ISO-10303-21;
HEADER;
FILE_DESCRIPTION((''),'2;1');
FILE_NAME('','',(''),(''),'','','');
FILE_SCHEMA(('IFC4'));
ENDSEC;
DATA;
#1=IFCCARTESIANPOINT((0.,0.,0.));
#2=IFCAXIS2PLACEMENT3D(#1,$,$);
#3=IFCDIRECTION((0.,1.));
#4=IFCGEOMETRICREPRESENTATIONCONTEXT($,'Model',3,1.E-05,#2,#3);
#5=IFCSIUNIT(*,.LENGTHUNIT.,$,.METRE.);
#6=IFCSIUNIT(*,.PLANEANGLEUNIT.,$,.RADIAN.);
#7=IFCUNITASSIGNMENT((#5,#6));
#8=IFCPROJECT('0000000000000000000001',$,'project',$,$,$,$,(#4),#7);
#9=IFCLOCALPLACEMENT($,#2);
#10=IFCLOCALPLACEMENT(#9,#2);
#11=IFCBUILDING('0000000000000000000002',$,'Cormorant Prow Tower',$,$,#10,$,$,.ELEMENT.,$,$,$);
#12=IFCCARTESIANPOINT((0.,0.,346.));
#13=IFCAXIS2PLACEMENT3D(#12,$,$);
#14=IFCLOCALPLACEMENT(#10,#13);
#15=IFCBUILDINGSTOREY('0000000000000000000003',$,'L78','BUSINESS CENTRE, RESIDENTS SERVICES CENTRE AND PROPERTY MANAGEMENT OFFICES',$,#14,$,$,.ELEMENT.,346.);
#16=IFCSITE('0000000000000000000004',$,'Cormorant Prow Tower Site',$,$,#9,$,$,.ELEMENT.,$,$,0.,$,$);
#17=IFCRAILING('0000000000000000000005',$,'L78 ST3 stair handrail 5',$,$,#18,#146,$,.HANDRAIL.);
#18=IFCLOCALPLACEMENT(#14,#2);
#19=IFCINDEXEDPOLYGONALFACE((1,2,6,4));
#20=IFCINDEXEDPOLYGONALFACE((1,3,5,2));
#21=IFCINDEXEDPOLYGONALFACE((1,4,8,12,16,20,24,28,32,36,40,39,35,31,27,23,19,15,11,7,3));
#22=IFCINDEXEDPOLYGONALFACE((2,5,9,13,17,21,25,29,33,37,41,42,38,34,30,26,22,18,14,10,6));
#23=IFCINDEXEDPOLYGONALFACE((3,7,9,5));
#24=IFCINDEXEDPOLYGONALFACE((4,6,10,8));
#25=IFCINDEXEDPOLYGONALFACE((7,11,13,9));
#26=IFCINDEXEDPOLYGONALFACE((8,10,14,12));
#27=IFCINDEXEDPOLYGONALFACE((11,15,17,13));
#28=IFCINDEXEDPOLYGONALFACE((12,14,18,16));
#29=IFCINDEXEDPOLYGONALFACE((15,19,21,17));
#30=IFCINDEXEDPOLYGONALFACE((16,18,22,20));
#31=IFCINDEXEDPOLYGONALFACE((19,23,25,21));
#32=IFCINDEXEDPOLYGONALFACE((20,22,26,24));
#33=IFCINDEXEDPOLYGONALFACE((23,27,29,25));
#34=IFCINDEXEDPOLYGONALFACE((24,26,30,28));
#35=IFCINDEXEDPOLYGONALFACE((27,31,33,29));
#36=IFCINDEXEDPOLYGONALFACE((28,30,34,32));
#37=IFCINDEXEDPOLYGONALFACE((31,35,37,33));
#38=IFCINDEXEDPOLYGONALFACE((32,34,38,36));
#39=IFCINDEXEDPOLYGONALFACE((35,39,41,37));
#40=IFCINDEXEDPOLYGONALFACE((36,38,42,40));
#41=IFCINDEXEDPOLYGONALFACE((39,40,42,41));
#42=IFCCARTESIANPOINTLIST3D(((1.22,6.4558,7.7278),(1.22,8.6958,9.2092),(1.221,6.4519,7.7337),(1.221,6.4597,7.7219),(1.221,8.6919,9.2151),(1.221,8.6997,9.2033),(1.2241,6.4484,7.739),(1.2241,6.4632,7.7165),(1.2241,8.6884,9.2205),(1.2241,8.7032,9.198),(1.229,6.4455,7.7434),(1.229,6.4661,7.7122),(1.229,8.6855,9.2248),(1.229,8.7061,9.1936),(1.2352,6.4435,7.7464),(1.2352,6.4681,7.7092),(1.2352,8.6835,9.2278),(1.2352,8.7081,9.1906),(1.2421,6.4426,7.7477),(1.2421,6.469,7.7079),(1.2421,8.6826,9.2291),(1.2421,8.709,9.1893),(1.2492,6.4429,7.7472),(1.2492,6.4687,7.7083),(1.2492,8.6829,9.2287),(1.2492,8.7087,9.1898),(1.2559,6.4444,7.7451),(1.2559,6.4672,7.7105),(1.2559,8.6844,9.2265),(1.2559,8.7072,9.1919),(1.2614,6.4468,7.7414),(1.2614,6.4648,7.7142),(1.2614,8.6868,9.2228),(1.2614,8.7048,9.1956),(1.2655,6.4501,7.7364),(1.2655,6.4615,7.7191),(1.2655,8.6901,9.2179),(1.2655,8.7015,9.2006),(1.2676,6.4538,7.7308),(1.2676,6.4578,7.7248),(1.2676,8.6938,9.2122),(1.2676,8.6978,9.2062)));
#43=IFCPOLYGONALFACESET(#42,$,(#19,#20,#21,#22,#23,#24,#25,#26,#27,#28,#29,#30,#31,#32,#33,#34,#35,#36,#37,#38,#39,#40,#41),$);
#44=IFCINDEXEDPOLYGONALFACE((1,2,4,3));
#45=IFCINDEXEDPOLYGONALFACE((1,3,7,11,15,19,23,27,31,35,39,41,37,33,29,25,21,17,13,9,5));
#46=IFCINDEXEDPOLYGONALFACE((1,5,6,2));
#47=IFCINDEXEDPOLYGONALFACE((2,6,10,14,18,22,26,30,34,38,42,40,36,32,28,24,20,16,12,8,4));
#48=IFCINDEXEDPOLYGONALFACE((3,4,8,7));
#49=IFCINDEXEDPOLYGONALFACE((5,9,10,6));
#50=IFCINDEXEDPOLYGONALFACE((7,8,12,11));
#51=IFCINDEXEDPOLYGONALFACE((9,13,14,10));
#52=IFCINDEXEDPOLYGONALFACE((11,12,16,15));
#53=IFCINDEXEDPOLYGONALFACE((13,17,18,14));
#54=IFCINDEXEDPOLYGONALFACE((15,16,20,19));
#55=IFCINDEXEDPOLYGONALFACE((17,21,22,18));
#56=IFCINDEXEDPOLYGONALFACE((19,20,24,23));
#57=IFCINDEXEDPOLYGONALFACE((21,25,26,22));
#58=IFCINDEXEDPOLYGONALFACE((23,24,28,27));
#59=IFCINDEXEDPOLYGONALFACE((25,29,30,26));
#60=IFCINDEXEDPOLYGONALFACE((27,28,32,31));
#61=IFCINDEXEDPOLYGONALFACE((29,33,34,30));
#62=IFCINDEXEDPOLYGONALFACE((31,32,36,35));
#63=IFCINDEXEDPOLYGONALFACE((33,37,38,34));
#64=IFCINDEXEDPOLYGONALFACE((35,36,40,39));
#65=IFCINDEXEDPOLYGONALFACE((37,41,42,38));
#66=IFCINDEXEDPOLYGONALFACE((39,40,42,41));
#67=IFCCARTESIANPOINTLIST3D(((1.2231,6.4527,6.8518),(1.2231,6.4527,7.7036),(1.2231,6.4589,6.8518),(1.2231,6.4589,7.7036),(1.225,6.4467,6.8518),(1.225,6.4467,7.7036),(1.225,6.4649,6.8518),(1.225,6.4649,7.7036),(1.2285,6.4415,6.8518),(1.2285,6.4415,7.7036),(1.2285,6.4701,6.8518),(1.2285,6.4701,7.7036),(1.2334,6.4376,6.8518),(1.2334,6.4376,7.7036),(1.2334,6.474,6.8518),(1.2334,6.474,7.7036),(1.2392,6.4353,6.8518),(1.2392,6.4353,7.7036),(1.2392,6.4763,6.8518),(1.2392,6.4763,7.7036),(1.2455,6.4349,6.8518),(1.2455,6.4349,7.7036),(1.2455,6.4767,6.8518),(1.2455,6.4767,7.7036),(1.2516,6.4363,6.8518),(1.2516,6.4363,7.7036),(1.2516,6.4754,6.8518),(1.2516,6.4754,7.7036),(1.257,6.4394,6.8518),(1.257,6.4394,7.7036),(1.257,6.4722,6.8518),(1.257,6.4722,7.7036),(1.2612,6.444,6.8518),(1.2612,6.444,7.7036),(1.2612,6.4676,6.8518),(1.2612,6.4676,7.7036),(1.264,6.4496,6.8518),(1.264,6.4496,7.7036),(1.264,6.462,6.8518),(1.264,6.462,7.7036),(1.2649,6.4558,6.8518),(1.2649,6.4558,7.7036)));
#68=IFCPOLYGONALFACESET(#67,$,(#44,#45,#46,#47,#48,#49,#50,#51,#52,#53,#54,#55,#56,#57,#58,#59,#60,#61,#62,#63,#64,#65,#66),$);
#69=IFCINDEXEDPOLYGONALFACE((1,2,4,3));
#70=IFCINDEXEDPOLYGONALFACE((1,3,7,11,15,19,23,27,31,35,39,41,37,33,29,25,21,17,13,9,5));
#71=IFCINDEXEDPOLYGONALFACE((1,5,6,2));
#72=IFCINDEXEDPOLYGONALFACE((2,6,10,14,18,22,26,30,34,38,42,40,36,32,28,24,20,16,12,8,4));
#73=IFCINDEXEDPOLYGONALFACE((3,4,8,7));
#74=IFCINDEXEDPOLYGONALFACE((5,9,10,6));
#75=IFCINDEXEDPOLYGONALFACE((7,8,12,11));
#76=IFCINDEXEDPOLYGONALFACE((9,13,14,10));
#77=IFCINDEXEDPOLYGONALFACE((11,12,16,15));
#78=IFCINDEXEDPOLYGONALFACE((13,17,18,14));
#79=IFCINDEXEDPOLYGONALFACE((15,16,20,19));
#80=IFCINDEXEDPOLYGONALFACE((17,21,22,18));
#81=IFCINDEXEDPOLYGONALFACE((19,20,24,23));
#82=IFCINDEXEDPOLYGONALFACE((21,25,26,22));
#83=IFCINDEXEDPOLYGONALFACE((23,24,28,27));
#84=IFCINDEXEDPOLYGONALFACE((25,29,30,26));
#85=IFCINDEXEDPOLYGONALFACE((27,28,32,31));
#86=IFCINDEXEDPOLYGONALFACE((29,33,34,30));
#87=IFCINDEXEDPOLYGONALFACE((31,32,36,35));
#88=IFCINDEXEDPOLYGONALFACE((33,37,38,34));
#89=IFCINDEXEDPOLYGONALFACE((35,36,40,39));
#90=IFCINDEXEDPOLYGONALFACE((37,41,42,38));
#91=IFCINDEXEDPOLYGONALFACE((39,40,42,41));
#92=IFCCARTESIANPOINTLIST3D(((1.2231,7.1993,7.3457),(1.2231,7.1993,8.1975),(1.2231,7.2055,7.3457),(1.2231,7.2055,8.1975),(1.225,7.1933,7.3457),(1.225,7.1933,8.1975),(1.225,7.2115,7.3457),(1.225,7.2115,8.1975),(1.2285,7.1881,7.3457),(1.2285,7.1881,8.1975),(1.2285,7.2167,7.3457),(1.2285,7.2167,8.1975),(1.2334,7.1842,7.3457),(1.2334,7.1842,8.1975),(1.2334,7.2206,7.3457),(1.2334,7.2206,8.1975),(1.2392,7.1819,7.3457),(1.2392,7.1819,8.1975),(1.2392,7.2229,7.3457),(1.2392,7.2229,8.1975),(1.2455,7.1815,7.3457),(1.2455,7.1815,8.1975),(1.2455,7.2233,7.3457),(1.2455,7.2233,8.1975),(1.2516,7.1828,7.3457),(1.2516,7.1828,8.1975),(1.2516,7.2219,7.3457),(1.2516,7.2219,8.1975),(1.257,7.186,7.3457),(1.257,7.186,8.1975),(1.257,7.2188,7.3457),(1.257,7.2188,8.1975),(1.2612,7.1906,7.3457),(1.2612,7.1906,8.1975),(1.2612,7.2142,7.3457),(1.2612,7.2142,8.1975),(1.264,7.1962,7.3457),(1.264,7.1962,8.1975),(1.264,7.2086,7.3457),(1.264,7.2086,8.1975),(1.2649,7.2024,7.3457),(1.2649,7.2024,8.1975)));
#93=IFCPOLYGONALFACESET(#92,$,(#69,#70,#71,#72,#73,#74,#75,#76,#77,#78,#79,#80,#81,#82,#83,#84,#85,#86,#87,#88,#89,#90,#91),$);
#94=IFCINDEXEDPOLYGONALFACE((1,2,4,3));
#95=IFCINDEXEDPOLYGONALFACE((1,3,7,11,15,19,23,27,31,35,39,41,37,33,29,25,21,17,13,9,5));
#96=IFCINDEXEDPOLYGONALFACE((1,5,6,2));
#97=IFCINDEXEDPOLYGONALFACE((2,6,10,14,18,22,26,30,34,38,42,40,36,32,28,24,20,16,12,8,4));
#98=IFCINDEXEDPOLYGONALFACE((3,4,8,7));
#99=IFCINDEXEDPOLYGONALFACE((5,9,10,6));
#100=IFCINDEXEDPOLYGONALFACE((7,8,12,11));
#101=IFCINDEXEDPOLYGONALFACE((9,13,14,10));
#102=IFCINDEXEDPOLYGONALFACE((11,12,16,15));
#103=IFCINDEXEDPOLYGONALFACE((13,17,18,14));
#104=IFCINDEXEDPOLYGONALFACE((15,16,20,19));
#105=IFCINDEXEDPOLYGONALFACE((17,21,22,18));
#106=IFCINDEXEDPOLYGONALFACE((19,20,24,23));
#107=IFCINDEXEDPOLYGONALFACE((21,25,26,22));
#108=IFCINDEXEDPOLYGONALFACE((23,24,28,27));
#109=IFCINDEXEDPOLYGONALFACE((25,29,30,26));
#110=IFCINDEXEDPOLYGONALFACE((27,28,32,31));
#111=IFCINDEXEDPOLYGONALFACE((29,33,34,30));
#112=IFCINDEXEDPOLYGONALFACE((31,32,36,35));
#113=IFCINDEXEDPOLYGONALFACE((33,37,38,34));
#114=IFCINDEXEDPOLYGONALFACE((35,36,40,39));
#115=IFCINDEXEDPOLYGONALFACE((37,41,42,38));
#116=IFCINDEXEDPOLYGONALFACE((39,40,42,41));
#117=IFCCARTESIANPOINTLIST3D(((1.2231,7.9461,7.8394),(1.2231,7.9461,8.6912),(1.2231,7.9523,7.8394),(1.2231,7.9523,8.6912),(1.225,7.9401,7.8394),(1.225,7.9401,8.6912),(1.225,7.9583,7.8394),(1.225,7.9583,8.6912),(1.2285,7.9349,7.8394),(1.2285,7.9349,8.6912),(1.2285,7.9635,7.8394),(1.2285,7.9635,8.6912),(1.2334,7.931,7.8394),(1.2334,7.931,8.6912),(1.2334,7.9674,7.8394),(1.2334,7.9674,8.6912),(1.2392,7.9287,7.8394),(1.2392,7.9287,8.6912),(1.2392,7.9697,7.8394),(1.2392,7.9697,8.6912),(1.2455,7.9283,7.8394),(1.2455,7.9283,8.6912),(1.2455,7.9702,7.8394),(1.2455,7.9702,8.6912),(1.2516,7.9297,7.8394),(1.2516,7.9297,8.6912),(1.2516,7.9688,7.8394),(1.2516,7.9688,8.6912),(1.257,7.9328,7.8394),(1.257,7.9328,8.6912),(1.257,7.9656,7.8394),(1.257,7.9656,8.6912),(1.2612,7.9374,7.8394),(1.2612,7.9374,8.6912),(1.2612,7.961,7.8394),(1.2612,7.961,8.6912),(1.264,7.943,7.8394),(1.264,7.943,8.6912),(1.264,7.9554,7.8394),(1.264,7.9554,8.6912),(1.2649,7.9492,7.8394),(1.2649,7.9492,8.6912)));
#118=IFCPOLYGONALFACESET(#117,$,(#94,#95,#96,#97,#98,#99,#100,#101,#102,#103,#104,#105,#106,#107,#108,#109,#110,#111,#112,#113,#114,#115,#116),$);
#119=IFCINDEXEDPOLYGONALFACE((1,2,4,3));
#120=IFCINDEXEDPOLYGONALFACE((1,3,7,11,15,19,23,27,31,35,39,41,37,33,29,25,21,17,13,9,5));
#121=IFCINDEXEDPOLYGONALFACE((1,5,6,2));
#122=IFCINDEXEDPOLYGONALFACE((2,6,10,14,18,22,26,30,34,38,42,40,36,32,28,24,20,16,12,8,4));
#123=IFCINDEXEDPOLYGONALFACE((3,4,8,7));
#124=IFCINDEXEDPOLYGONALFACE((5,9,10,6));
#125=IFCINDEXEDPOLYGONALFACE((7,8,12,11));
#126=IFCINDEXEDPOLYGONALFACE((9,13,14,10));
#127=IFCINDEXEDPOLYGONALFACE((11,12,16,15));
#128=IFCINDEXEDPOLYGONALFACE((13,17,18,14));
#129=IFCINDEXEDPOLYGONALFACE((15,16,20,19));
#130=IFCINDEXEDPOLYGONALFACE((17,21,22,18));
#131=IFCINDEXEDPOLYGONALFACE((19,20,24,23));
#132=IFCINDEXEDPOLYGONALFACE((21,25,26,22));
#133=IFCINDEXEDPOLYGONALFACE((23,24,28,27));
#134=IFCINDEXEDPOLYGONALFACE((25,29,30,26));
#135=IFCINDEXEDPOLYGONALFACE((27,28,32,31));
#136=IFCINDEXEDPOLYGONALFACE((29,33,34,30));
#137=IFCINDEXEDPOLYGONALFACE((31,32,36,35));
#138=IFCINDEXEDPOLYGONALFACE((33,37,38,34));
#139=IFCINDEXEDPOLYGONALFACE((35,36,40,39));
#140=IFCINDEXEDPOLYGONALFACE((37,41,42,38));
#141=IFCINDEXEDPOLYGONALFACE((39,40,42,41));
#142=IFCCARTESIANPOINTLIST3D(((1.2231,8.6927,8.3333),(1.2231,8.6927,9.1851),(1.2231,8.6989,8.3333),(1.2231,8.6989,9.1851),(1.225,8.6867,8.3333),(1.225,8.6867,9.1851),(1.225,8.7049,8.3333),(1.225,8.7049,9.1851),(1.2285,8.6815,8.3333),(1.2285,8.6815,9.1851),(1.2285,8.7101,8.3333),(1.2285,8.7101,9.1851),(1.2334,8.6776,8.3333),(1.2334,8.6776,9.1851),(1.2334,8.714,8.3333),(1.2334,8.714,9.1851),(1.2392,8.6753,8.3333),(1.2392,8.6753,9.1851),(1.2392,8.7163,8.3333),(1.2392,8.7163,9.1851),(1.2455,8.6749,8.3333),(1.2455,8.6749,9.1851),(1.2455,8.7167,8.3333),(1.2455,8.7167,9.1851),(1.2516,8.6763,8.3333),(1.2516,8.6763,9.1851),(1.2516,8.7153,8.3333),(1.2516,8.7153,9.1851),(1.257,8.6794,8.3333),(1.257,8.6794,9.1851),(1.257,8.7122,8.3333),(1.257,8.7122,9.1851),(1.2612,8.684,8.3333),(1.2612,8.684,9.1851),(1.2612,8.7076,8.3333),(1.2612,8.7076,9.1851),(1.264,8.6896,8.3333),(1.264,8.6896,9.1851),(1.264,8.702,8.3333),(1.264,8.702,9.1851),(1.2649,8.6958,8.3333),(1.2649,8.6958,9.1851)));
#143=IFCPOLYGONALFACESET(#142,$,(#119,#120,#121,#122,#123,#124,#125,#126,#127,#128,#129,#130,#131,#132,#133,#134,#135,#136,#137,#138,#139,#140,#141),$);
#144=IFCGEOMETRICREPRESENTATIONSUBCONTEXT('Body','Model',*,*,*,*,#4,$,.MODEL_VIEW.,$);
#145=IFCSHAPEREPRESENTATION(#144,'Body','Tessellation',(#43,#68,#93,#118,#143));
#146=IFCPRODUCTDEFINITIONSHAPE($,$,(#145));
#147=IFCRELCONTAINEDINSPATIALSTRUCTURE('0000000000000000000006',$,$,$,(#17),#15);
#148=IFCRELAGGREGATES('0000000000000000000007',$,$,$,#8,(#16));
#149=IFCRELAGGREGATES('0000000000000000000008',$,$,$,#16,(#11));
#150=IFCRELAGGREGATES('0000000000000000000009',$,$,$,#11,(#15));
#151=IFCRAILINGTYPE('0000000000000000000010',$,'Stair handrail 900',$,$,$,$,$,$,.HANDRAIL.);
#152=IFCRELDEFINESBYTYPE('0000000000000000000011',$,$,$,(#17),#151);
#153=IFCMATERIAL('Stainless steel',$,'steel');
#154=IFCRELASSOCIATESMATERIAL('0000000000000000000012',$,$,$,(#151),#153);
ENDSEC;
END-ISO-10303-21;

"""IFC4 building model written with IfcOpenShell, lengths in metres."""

from ifc_helpers import new_model, si_unit, direction, frame, origin, origin_2d, place, context, subcontext, project, spatial, circle, extrude, material, type_object, element, save


model = new_model("IFC4")

# Units and contexts
model_context = context("Model", 3, precision=1e-05, world=origin(), true_north=direction((0.0, 1.0)))
body_context = subcontext(model_context, "Body", "Model", "MODEL_VIEW")
ifc_project = project(units=[si_unit("LENGTHUNIT", "METRE"), si_unit("PLANEANGLEUNIT", "RADIAN")], contexts=[model_context])

# Site, building, storey
site_placement = place(None, origin())
site = spatial("IfcSite", under=ifc_project, at=site_placement, Name="Cormorant Prow Tower Site", CompositionType="ELEMENT", RefElevation=0.0)
building_placement = place(site_placement, origin())
building = spatial("IfcBuilding", under=site, at=building_placement, Name="Cormorant Prow Tower", CompositionType="ELEMENT")
storey_placement = place(building_placement, frame((0.0, 0.0, 346.0)))
storey = spatial("IfcBuildingStorey", under=building, at=storey_placement, Name="L78", Description="BUSINESS CENTRE, RESIDENTS SERVICES CENTRE AND PROPERTY MANAGEMENT OFFICES", CompositionType="ELEMENT", Elevation=346.0)

# Railing
ifc_material_1 = material(Name="Stainless steel", Category="steel")
railing_type_1 = type_object("IfcRailingType", Name="Stair handrail 900", PredefinedType="HANDRAIL", material=ifc_material_1)
for number, where, name in (
    (1, (1.2439, 6.4558, 6.8518), "L78 ST3 stair handrail 5"),
):
    element("IfcRailing", number, at=place(storey_placement, frame(where)), inside=storey, type_object=railing_type_1, Name=name, PredefinedType="HANDRAIL", context=body_context, shape_type="SweptSolid", body=[
        extrude(circle(Radius=0.0239, at=origin_2d()), frame((0.0, 0.0, 0.876), z_axis=(0.0, 0.834087, 0.551634), x_axis=(-1.0, 0.0, 0.0)), (0.0, 0.0, 1.0), 2.6855),
        extrude(circle(Radius=0.021, at=origin_2d()), origin(), (0.0, 0.0, 1.0), 0.8518),
        extrude(circle(Radius=0.021, at=origin_2d()), frame((0.0, 0.7466, 0.4939)), (0.0, 0.0, 1.0), 0.8518),
        extrude(circle(Radius=0.021, at=origin_2d()), frame((0.0, 1.4934, 0.9875)), (0.0, 0.0, 1.0), 0.8518),
        extrude(circle(Radius=0.021, at=origin_2d()), frame((0.0, 2.24, 1.4814)), (0.0, 0.0, 1.0), 0.8518),
    ])

save(model, "model.ifc")
